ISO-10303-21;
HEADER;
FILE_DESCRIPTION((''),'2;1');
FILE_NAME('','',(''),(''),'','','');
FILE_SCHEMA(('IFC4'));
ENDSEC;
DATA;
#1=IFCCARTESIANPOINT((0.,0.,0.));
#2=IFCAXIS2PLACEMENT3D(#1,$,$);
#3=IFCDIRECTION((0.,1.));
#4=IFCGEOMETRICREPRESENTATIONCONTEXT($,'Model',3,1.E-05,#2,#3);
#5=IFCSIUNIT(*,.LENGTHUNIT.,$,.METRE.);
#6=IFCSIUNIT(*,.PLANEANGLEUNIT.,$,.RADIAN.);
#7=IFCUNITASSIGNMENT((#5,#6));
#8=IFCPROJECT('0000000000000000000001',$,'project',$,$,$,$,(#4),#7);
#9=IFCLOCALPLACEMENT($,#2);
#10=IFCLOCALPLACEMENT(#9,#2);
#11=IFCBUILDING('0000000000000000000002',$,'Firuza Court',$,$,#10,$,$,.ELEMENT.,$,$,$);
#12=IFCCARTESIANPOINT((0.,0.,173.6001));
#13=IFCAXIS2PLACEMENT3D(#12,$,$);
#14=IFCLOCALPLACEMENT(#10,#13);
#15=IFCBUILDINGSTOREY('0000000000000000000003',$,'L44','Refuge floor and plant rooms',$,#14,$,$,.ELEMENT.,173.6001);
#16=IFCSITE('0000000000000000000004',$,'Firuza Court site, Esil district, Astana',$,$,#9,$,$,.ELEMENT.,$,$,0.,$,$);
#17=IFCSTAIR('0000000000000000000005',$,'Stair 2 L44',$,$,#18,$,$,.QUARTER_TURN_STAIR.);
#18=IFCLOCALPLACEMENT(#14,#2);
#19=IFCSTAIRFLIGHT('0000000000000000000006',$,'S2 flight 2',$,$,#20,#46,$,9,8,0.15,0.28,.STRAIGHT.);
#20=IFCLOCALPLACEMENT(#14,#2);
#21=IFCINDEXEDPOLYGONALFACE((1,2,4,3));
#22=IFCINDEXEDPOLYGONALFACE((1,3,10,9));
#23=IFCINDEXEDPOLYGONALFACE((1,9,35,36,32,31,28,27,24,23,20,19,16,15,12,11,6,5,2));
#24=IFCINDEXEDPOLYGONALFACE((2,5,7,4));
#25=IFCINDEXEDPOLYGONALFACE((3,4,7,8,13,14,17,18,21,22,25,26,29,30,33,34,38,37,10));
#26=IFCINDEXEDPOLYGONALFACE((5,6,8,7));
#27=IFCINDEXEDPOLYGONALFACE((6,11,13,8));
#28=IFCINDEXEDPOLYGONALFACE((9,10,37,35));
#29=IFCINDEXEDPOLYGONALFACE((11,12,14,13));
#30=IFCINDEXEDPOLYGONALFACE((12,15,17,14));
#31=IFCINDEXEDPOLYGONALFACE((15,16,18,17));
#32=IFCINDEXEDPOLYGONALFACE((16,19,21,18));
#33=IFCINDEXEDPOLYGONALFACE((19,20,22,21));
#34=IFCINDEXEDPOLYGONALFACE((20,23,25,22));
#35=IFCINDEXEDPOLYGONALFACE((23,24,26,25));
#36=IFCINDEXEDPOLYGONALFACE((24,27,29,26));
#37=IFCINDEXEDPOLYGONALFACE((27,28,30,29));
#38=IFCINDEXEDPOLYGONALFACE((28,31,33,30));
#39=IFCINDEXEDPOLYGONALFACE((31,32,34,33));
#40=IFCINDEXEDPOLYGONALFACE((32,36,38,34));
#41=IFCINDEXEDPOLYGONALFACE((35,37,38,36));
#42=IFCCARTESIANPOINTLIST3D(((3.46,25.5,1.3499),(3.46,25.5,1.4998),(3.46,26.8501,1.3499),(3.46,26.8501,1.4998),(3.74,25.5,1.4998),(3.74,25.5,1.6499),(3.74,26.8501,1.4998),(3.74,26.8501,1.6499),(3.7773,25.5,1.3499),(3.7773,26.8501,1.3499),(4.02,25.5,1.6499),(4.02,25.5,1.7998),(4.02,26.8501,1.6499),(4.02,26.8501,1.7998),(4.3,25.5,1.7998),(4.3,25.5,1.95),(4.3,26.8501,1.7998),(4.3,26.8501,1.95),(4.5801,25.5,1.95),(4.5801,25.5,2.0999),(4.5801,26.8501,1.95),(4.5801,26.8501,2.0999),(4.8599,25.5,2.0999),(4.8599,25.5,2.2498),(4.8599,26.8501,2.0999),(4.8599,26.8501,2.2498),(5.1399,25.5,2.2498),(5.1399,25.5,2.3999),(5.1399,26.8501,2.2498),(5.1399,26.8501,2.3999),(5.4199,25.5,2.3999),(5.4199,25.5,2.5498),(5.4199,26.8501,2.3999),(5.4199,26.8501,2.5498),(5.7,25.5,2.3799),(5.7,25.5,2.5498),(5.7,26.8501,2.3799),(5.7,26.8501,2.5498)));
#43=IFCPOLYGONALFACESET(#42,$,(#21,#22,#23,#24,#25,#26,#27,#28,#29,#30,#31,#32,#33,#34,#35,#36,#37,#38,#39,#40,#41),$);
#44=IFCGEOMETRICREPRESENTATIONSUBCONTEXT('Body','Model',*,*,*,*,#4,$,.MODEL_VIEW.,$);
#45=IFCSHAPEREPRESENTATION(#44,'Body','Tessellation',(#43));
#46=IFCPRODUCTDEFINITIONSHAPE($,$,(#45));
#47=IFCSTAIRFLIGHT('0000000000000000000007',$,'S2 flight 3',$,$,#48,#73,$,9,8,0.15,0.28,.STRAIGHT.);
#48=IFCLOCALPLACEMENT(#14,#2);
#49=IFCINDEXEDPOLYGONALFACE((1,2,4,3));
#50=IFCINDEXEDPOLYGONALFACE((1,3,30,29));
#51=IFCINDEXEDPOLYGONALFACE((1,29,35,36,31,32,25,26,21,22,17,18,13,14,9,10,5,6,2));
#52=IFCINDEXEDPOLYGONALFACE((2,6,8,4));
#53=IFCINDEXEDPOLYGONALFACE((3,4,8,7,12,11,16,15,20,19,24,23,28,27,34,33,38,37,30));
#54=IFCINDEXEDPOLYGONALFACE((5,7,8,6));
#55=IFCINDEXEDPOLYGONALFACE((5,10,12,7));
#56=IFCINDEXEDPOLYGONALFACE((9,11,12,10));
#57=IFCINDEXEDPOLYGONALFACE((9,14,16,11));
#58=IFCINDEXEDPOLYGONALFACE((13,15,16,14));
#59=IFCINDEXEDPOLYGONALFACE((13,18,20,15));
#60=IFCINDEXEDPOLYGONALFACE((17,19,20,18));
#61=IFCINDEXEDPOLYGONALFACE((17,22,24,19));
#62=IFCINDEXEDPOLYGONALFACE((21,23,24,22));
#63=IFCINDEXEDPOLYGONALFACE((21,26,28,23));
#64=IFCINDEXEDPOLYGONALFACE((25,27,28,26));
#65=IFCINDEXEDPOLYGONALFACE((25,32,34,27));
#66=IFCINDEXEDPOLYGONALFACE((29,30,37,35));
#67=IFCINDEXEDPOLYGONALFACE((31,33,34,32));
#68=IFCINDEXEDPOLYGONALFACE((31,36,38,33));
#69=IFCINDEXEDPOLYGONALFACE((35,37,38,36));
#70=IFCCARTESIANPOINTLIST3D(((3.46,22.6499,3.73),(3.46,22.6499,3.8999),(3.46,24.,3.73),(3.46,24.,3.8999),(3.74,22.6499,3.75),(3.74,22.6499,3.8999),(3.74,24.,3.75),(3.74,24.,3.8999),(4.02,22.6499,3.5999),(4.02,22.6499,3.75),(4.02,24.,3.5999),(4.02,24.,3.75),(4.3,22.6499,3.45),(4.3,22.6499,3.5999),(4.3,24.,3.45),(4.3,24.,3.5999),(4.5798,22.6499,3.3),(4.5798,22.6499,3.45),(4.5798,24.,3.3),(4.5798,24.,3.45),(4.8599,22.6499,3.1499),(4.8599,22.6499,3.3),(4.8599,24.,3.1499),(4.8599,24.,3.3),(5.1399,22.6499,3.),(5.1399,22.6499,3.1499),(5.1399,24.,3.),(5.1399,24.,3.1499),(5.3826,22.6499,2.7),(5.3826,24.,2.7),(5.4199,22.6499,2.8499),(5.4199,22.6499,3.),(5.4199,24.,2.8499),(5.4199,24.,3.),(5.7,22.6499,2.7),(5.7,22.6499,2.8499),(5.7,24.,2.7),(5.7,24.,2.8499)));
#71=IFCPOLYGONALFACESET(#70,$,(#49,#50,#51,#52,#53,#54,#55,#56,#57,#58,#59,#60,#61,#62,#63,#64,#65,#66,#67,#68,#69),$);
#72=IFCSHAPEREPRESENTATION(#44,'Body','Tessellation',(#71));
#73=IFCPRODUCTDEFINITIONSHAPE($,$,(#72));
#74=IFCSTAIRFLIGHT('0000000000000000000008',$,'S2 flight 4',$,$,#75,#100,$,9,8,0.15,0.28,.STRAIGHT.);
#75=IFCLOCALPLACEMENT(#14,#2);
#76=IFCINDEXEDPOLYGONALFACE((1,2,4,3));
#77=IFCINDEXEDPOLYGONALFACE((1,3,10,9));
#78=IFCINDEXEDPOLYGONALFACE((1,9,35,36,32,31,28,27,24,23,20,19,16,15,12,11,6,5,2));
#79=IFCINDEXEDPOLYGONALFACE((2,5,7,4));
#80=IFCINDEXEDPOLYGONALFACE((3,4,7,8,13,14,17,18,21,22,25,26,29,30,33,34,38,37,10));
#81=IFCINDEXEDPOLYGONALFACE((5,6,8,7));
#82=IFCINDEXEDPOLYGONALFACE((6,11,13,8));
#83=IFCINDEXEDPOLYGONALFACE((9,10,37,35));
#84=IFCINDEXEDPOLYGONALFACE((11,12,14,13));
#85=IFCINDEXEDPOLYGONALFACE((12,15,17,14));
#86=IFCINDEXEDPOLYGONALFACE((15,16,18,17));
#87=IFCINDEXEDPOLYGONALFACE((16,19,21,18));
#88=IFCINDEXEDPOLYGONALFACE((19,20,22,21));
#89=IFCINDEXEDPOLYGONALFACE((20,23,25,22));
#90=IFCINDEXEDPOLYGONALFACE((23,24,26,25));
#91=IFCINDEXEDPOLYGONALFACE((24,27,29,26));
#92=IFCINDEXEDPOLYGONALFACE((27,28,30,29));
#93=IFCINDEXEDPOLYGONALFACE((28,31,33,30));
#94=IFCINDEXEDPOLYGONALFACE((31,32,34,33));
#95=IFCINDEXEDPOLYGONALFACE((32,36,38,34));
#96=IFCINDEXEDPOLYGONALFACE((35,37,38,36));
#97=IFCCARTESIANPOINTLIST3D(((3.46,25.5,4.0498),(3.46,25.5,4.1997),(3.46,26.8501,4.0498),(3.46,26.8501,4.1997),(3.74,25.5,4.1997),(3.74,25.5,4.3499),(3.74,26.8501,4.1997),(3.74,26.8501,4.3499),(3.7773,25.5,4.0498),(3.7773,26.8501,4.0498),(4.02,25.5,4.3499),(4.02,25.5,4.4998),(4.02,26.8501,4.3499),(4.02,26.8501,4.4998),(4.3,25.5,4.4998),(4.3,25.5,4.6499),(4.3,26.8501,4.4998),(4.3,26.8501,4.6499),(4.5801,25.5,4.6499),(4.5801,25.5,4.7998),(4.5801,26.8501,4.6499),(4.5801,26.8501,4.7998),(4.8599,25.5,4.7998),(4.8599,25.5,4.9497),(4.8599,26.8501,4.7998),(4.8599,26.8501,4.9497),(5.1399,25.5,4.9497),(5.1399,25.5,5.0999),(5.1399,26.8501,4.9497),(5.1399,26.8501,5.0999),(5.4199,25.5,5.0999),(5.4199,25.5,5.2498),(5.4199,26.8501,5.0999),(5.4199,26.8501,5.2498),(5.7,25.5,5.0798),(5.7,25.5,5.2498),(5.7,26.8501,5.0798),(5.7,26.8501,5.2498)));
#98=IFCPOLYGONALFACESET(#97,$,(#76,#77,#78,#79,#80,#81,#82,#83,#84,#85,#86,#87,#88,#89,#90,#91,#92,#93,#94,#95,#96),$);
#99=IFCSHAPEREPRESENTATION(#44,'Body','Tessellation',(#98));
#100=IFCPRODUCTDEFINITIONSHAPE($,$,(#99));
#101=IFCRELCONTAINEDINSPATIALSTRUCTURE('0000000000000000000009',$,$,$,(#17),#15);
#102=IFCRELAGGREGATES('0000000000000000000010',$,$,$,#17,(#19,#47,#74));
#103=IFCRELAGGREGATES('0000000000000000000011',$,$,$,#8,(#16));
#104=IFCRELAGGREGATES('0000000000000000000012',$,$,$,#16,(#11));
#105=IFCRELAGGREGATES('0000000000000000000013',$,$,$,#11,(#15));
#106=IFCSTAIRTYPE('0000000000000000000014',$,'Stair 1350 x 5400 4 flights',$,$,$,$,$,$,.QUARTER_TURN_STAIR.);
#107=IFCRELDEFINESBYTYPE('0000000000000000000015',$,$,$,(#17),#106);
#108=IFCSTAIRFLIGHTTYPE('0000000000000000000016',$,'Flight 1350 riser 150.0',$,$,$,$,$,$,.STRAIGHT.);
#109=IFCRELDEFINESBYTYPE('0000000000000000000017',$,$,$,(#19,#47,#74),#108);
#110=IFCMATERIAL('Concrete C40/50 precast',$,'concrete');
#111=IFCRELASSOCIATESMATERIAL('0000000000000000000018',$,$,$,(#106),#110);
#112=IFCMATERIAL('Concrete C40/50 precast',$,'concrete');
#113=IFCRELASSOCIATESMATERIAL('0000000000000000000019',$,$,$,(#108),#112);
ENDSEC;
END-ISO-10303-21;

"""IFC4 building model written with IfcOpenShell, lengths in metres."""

from ifc_helpers import new_model, si_unit, direction, frame, origin, place, context, subcontext, project, spatial, polyline, outline, extrude, material, type_object, element, aggregate, save


model = new_model("IFC4")

# Units and contexts
model_context = context("Model", 3, precision=1e-05, world=origin(), true_north=direction((0.0, 1.0)))
body_context = subcontext(model_context, "Body", "Model", "MODEL_VIEW")
ifc_project = project(units=[si_unit("LENGTHUNIT", "METRE"), si_unit("PLANEANGLEUNIT", "RADIAN")], contexts=[model_context])

# Site, building, storey
site_placement = place(None, origin())
site = spatial("IfcSite", under=ifc_project, at=site_placement, Name="Firuza Court site, Esil district, Astana", CompositionType="ELEMENT", RefElevation=0.0)
building_placement = place(site_placement, origin())
building = spatial("IfcBuilding", under=site, at=building_placement, Name="Firuza Court", CompositionType="ELEMENT")
storey_placement = place(building_placement, frame((0.0, 0.0, 173.6001)))
storey = spatial("IfcBuildingStorey", under=building, at=storey_placement, Name="L44", Description="Refuge floor and plant rooms", CompositionType="ELEMENT", Elevation=173.6001)

# Stair, stair flights
ifc_material_1 = material(Name="Concrete C40/50 precast", Category="concrete")
stair_type = type_object("IfcStairType", Name="Stair 1350 x 5400 4 flights", PredefinedType="QUARTER_TURN_STAIR", material=ifc_material_1)
stair_placement = place(storey_placement, origin())
stair = element("IfcStair", 1, at=stair_placement, inside=storey, type_object=stair_type, Name="Stair 2 L44", PredefinedType="QUARTER_TURN_STAIR")
ifc_material_2 = material(Name="Concrete C40/50 precast", Category="concrete")
stair_flight_type = type_object("IfcStairFlightType", Name="Flight 1350 riser 150.0", PredefinedType="STRAIGHT", material=ifc_material_2)
stair_flight_1_placement = place(storey_placement, frame((3.46, 26.175, 1.3499), z_axis=(0.0, 0.0, 1.0), x_axis=(1.0, 0.0, 0.0)))
stair_flight_1 = element("IfcStairFlight", 2, at=stair_flight_1_placement, type_object=stair_flight_type, Name="S2 flight 2", NumberOfRisers=9, NumberOfTreads=8, PredefinedType="STRAIGHT", RiserHeight=0.15, TreadLength=0.28, context=body_context, shape_type="SweptSolid", body=[
    extrude(outline(polyline([(0.0, 0.0), (0.0, 0.1499), (0.28, 0.1499), (0.28, 0.3), (0.5601, 0.3), (0.5601, 0.45), (0.8401, 0.45), (0.8401, 0.6001), (1.1201, 0.6001), (1.1201, 0.75), (1.3999, 0.75), (1.3999, 0.8999), (1.6799, 0.8999), (1.6799, 1.05), (1.96, 1.05), (1.96, 1.2), (2.24, 1.2), (2.24, 1.3501), (2.24, 1.03), (0.3174, 0.0), (0.0, 0.0)])), frame((0.0, 0.675, 0.0), z_axis=(0.0, -1.0, 0.0), x_axis=(1.0, 0.0, 0.0)), (0.0, 0.0, 1.0), 1.3501),
])
stair_flight_2_placement = place(storey_placement, frame((5.7, 23.325, 2.7), z_axis=(0.0, 0.0, 1.0), x_axis=(-1.0, 0.0, 0.0)))
stair_flight_2 = element("IfcStairFlight", 3, at=stair_flight_2_placement, type_object=stair_flight_type, Name="S2 flight 3", NumberOfRisers=9, NumberOfTreads=8, PredefinedType="STRAIGHT", RiserHeight=0.15, TreadLength=0.28, context=body_context, shape_type="SweptSolid", body=[
    extrude(outline(polyline([(0.0, 0.0), (0.0, 0.1499), (0.28, 0.1499), (0.28, 0.3), (0.5601, 0.3), (0.5601, 0.45), (0.8401, 0.45), (0.8401, 0.6001), (1.1201, 0.6001), (1.1201, 0.75), (1.3999, 0.75), (1.3999, 0.8999), (1.6799, 0.8999), (1.6799, 1.05), (1.96, 1.05), (1.96, 1.2), (2.24, 1.2), (2.24, 1.3501), (2.24, 1.03), (0.3174, 0.0), (0.0, 0.0)])), frame((0.0, 0.675, 0.0), z_axis=(0.0, -1.0, 0.0), x_axis=(1.0, 0.0, 0.0)), (0.0, 0.0, 1.0), 1.3501),
])
stair_flight_3_placement = place(storey_placement, frame((3.46, 26.175, 4.0498), z_axis=(0.0, 0.0, 1.0), x_axis=(1.0, 0.0, 0.0)))
stair_flight_3 = element("IfcStairFlight", 4, at=stair_flight_3_placement, type_object=stair_flight_type, Name="S2 flight 4", NumberOfRisers=9, NumberOfTreads=8, PredefinedType="STRAIGHT", RiserHeight=0.15, TreadLength=0.28, context=body_context, shape_type="SweptSolid", body=[
    extrude(outline(polyline([(0.0, 0.0), (0.0, 0.1499), (0.28, 0.1499), (0.28, 0.3), (0.5601, 0.3), (0.5601, 0.45), (0.8401, 0.45), (0.8401, 0.6001), (1.1201, 0.6001), (1.1201, 0.75), (1.3999, 0.75), (1.3999, 0.8999), (1.6799, 0.8999), (1.6799, 1.05), (1.96, 1.05), (1.96, 1.2), (2.24, 1.2), (2.24, 1.3501), (2.24, 1.03), (0.3174, 0.0), (0.0, 0.0)])), frame((0.0, 0.675, 0.0), z_axis=(0.0, -1.0, 0.0), x_axis=(1.0, 0.0, 0.0)), (0.0, 0.0, 1.0), 1.3501),
])
aggregate(stair, [stair_flight_1, stair_flight_2, stair_flight_3])

save(model, "model.ifc")
